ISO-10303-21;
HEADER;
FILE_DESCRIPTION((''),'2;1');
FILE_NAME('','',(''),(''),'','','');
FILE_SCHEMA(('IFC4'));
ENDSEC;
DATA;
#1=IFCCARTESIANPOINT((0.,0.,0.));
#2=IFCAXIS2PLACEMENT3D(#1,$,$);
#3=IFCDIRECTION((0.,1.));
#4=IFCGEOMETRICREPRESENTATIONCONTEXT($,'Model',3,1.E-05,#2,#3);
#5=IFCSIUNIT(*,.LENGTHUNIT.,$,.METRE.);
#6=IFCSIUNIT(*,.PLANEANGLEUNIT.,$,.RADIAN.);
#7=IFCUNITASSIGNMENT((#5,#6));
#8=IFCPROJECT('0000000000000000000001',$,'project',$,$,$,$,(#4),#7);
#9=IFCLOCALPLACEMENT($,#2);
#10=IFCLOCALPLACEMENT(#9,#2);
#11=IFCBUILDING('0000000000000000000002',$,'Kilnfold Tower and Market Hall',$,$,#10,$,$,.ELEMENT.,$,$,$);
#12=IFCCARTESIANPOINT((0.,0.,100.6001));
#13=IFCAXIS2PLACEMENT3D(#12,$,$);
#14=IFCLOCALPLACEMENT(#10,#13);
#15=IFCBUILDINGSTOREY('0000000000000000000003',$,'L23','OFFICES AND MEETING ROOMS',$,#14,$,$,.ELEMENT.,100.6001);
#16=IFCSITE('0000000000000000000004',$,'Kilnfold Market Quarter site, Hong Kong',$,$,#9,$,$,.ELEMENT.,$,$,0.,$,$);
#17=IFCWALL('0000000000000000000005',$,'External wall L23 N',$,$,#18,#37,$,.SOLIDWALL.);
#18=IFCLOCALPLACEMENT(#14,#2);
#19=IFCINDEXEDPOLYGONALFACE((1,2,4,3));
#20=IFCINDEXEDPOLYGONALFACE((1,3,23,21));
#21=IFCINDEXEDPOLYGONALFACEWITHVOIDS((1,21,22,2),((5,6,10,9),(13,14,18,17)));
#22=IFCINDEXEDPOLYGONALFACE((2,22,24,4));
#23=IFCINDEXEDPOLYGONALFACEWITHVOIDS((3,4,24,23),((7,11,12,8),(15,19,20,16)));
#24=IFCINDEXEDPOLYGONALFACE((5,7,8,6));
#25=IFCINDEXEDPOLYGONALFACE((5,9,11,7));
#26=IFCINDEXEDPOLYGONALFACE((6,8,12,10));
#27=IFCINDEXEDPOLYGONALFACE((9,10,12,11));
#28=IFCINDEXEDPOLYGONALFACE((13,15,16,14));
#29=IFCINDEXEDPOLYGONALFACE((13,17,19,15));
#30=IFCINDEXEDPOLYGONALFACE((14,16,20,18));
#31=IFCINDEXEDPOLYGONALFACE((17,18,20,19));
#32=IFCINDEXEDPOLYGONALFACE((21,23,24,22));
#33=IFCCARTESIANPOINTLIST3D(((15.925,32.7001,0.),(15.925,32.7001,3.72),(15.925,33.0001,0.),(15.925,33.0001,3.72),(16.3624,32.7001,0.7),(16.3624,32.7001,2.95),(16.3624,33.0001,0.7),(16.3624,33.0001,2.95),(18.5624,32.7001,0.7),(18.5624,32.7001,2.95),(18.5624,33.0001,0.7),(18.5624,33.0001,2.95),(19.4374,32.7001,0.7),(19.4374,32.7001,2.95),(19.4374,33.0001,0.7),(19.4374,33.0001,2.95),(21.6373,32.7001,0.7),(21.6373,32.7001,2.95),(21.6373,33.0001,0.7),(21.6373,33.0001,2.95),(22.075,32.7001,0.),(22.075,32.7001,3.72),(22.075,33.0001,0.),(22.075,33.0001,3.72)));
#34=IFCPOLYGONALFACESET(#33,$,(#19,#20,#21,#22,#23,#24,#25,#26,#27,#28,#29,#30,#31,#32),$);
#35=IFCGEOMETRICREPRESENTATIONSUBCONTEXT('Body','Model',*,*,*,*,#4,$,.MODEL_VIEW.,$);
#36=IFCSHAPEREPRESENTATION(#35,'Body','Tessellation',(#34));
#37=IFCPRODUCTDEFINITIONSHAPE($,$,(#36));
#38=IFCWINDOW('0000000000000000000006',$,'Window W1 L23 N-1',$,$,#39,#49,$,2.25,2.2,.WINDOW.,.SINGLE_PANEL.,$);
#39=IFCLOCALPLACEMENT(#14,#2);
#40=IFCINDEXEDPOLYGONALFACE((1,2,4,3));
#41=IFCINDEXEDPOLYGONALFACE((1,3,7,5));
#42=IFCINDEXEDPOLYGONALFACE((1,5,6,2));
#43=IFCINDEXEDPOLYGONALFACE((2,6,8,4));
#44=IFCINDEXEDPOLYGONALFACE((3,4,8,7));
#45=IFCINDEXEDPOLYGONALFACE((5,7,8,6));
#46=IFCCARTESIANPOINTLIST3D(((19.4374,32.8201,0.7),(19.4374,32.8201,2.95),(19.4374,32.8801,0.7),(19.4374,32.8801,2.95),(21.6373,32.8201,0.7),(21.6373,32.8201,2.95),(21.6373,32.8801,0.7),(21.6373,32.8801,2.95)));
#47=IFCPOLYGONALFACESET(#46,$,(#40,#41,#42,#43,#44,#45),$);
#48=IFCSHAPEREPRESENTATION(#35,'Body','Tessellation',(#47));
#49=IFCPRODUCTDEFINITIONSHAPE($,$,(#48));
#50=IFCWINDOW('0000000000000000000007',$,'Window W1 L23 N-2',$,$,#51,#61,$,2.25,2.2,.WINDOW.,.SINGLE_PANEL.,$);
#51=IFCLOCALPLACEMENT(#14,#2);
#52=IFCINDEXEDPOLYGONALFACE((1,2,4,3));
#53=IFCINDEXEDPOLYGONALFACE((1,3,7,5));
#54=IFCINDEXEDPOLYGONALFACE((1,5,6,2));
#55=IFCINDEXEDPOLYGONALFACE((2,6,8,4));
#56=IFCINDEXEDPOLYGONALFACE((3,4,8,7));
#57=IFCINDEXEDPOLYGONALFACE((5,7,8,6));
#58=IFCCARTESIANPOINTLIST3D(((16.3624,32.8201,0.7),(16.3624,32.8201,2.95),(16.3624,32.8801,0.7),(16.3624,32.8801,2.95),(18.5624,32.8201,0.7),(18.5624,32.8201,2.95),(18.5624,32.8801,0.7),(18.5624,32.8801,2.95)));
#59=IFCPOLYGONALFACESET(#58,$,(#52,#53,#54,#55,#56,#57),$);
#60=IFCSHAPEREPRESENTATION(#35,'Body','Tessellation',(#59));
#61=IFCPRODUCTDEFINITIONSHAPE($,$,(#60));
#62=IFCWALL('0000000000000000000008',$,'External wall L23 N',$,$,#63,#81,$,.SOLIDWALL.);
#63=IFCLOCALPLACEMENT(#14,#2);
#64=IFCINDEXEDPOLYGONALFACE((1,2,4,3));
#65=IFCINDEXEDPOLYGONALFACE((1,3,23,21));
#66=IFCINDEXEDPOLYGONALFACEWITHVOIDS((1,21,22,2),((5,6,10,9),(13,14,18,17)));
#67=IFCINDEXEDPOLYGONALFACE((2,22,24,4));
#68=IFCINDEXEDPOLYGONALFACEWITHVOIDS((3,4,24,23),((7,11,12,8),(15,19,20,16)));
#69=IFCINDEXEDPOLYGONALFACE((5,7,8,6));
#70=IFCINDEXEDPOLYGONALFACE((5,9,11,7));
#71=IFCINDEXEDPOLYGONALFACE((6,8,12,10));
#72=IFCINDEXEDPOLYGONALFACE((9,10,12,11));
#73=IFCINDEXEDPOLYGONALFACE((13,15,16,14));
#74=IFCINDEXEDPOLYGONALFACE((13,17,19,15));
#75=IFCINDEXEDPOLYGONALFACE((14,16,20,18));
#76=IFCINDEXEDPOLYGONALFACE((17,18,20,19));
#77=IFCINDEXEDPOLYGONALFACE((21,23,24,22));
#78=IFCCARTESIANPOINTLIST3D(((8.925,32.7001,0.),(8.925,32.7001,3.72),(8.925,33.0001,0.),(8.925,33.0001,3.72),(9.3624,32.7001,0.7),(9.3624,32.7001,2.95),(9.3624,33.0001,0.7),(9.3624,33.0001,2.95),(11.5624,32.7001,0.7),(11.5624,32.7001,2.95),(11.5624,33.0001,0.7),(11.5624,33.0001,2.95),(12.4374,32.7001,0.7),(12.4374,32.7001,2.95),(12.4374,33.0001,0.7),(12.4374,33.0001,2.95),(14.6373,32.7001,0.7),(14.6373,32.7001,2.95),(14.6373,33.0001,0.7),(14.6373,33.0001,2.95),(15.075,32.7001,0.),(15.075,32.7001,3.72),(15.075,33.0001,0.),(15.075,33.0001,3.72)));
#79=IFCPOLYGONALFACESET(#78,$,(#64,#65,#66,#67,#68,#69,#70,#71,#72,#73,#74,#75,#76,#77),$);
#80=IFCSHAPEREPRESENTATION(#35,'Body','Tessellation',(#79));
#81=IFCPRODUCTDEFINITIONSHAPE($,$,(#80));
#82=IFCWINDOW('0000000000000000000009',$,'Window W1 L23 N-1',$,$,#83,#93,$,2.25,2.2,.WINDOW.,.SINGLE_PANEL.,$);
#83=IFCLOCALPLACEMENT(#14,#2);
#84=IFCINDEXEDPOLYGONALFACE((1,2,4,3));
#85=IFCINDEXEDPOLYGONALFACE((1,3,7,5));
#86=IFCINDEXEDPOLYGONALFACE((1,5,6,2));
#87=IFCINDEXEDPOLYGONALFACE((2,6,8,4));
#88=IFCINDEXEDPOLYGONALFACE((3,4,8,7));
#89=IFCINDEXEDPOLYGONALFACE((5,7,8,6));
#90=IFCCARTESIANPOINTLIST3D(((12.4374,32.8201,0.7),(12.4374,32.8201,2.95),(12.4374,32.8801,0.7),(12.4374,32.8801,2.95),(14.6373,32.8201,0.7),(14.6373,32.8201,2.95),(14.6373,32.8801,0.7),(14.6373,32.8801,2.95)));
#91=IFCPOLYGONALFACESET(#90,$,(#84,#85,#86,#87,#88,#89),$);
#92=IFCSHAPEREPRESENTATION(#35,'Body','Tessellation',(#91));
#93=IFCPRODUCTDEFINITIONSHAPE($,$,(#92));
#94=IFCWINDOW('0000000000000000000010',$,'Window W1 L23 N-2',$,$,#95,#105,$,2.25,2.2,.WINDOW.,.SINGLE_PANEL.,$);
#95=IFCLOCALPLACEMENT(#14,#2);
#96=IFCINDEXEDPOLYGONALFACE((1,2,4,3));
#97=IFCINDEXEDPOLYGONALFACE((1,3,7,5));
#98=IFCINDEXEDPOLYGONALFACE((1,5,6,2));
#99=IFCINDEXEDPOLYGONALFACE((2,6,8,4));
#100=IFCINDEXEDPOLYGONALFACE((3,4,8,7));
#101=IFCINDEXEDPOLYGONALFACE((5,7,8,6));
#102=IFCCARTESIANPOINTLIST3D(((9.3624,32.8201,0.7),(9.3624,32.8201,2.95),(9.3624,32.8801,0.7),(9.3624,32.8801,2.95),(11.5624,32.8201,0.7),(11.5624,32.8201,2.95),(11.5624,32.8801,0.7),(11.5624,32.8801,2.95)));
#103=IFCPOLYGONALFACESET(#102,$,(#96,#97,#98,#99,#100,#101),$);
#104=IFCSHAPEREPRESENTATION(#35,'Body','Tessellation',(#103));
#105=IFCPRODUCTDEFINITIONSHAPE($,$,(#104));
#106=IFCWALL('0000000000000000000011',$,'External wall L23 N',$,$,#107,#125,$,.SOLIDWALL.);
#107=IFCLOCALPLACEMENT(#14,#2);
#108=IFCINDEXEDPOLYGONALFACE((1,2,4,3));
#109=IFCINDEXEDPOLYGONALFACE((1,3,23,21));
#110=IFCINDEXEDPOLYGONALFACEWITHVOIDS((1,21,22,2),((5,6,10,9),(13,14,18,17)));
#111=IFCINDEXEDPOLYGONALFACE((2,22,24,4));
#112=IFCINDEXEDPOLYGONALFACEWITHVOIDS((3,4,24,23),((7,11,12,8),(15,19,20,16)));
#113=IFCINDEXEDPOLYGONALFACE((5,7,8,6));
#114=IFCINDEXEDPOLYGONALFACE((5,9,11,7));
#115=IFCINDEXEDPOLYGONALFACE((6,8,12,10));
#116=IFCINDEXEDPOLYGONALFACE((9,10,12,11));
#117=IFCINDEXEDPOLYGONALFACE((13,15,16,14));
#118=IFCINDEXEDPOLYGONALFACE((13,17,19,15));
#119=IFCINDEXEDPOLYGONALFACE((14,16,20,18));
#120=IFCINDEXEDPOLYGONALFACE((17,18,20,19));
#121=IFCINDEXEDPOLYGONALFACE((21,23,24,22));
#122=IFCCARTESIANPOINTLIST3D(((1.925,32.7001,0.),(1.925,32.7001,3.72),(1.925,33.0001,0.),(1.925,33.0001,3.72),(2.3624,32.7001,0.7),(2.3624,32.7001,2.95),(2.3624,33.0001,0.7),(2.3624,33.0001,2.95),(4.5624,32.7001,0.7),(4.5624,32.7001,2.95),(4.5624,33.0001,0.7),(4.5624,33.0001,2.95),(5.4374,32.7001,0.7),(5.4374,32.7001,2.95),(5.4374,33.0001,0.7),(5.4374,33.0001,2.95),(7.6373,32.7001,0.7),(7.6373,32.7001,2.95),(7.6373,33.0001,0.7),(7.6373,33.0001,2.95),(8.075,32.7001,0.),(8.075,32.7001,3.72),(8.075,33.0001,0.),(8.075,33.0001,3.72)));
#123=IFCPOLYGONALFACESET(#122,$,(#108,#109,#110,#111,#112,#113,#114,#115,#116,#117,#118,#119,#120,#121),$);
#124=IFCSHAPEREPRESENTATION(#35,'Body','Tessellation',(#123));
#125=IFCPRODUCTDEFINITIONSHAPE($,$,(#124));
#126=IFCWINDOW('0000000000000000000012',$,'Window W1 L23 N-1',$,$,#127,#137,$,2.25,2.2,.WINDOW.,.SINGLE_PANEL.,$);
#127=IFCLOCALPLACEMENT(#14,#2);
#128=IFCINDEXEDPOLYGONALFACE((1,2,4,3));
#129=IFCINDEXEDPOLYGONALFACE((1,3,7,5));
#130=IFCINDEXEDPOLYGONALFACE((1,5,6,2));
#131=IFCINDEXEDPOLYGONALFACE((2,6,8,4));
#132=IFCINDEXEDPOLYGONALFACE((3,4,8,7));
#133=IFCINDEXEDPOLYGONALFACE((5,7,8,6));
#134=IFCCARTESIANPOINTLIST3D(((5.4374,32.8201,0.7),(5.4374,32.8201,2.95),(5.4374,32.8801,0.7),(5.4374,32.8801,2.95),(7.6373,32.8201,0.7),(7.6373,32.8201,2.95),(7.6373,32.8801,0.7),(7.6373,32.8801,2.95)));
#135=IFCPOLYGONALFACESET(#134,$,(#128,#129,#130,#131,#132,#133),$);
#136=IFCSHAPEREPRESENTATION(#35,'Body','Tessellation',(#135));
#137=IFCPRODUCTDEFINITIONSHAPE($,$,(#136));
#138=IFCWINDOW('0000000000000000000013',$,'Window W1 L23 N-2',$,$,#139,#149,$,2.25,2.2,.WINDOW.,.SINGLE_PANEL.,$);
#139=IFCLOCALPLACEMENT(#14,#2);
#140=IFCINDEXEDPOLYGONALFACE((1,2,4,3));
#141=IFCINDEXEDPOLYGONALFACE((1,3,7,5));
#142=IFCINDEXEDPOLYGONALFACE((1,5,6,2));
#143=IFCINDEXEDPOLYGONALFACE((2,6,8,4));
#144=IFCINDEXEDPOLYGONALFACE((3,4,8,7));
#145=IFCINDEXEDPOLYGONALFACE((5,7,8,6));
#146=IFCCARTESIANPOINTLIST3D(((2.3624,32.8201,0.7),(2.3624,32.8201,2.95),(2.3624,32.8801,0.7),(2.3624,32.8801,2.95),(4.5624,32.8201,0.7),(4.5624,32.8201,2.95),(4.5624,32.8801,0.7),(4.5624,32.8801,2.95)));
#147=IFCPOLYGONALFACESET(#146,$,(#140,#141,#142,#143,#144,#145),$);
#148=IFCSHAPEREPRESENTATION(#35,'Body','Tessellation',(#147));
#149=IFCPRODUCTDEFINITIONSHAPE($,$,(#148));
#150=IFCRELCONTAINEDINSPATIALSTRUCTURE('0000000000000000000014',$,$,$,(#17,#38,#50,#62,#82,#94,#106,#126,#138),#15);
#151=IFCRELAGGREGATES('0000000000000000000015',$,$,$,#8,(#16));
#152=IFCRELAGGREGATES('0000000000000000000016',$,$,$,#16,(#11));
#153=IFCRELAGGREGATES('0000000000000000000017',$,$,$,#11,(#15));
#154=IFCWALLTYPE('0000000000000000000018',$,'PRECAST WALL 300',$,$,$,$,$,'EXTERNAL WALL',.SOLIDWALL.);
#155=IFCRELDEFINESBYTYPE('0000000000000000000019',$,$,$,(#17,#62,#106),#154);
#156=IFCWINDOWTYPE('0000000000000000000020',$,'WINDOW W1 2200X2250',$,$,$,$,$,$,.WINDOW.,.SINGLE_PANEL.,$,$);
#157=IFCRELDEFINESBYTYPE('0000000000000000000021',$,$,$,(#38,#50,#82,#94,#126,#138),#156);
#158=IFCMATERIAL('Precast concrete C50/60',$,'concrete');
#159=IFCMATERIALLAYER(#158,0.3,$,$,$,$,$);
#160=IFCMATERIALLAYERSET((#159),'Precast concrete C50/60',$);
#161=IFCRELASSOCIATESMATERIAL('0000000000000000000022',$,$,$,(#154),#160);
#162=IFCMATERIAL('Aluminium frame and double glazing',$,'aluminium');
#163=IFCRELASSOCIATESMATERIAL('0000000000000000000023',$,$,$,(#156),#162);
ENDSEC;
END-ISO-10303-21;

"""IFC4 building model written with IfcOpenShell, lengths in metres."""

from ifc_helpers import new_model, si_unit, direction, frame, frame_2d, origin, place, context, subcontext, project, spatial, rectangle, extrude, source, transform, mapped, material, layer, layer_set, type_object, element, fill, save


model = new_model("IFC4")

# Units and contexts
model_context = context("Model", 3, precision=1e-05, world=origin(), true_north=direction((0.0, 1.0)))
body_context = subcontext(model_context, "Body", "Model", "MODEL_VIEW")
ifc_project = project(units=[si_unit("LENGTHUNIT", "METRE"), si_unit("PLANEANGLEUNIT", "RADIAN")], contexts=[model_context])

# Site, building, storey
site_placement = place(None, origin())
site = spatial("IfcSite", under=ifc_project, at=site_placement, Name="Kilnfold Market Quarter site, Hong Kong", CompositionType="ELEMENT", RefElevation=0.0)
building_placement = place(site_placement, origin())
building = spatial("IfcBuilding", under=site, at=building_placement, Name="Kilnfold Tower and Market Hall", CompositionType="ELEMENT")
storey_placement = place(building_placement, frame((0.0, 0.0, 100.6001)))
storey = spatial("IfcBuildingStorey", under=building, at=storey_placement, Name="L23", Description="OFFICES AND MEETING ROOMS", CompositionType="ELEMENT", Elevation=100.6001)

# Walls, openings, windows
ifc_material_1 = material(Name="Precast concrete C50/60", Category="concrete")
ifc_layer_1 = layer(ifc_material_1, 0.3)
ifc_layer_set_1 = layer_set([ifc_layer_1], Name="Precast concrete C50/60")
wall_type_1 = type_object("IfcWallType", Name="PRECAST WALL 300", ElementType="EXTERNAL WALL", PredefinedType="SOLIDWALL", material=ifc_layer_set_1)
shared_shape_1 = source(origin(), body_context, "Body", "SweptSolid", [
    extrude(rectangle(XDim=6.1499, YDim=0.3, at=frame_2d((3.075, 0.0))), origin(), (0.0, 0.0, 1.0), 3.72),
])
wall_1_placement = place(storey_placement, frame((22.075, 32.8501, 0.0), z_axis=(0.0, 0.0, 1.0), x_axis=(-1.0, 0.0, 0.0)))
wall_1 = element("IfcWall", 1, at=wall_1_placement, inside=storey, type_object=wall_type_1, Name="External wall L23 N", PredefinedType="SOLIDWALL", context=body_context, shape_type="MappedRepresentation", body=[
    mapped(shared_shape_1, transform((0.0, 0.0, 0.0))),
])
opening_1_placement = place(wall_1_placement, frame((0.4375, 0.0, 0.7)))
opening_1 = element("IfcOpeningElement", 2, at=opening_1_placement, cuts=wall_1, PredefinedType="OPENING", context=body_context, shape_type="SweptSolid", body=[
    extrude(rectangle(XDim=2.2, YDim=2.25, at=frame_2d((1.1001, 1.125))), frame((0.0, 0.1602, 0.0), z_axis=(0.0, -1.0, 0.0), x_axis=(1.0, 0.0, 0.0)), (0.0, 0.0, 1.0), 0.3201),
])
opening_2_placement = place(wall_1_placement, frame((3.5125, 0.0, 0.7)))
opening_2 = element("IfcOpeningElement", 3, at=opening_2_placement, cuts=wall_1, PredefinedType="OPENING", context=body_context, shape_type="SweptSolid", body=[
    extrude(rectangle(XDim=2.2, YDim=2.25, at=frame_2d((1.1001, 1.125))), frame((0.0, 0.1602, 0.0), z_axis=(0.0, -1.0, 0.0), x_axis=(1.0, 0.0, 0.0)), (0.0, 0.0, 1.0), 0.3201),
])
ifc_material_2 = material(Name="Aluminium frame and double glazing", Category="aluminium")
window_type = type_object("IfcWindowType", Name="WINDOW W1 2200X2250", PartitioningType="SINGLE_PANEL", PredefinedType="WINDOW", material=ifc_material_2)
window_1_placement = place(opening_1_placement, origin())
window_1 = element("IfcWindow", 4, at=window_1_placement, inside=storey, type_object=window_type, Name="Window W1 L23 N-1", OverallHeight=2.25, OverallWidth=2.2, PartitioningType="SINGLE_PANEL", PredefinedType="WINDOW", context=body_context, shape_type="SweptSolid", body=[
    extrude(rectangle(XDim=2.2, YDim=2.25, at=frame_2d((1.1001, 1.125))), frame((0.0, 0.03, 0.0), z_axis=(0.0, -1.0, 0.0), x_axis=(1.0, 0.0, 0.0)), (0.0, 0.0, 1.0), 0.0601),
])
fill(opening_1, window_1)
window_2_placement = place(opening_2_placement, origin())
window_2 = element("IfcWindow", 5, at=window_2_placement, inside=storey, type_object=window_type, Name="Window W1 L23 N-2", OverallHeight=2.25, OverallWidth=2.2, PartitioningType="SINGLE_PANEL", PredefinedType="WINDOW", context=body_context, shape_type="SweptSolid", body=[
    extrude(rectangle(XDim=2.2, YDim=2.25, at=frame_2d((1.1001, 1.125))), frame((0.0, 0.03, 0.0), z_axis=(0.0, -1.0, 0.0), x_axis=(1.0, 0.0, 0.0)), (0.0, 0.0, 1.0), 0.0601),
])
fill(opening_2, window_2)
wall_2_placement = place(storey_placement, frame((15.075, 32.8501, 0.0), z_axis=(0.0, 0.0, 1.0), x_axis=(-1.0, 0.0, 0.0)))
wall_2 = element("IfcWall", 6, at=wall_2_placement, inside=storey, type_object=wall_type_1, Name="External wall L23 N", PredefinedType="SOLIDWALL", context=body_context, shape_type="MappedRepresentation", body=[
    mapped(shared_shape_1, transform((0.0, 0.0, 0.0))),
])
opening_3_placement = place(wall_2_placement, frame((0.4375, 0.0, 0.7)))
opening_3 = element("IfcOpeningElement", 7, at=opening_3_placement, cuts=wall_2, PredefinedType="OPENING", context=body_context, shape_type="SweptSolid", body=[
    extrude(rectangle(XDim=2.2, YDim=2.25, at=frame_2d((1.1001, 1.125))), frame((0.0, 0.1602, 0.0), z_axis=(0.0, -1.0, 0.0), x_axis=(1.0, 0.0, 0.0)), (0.0, 0.0, 1.0), 0.3201),
])
opening_4_placement = place(wall_2_placement, frame((3.5125, 0.0, 0.7)))
opening_4 = element("IfcOpeningElement", 8, at=opening_4_placement, cuts=wall_2, PredefinedType="OPENING", context=body_context, shape_type="SweptSolid", body=[
    extrude(rectangle(XDim=2.2, YDim=2.25, at=frame_2d((1.1001, 1.125))), frame((0.0, 0.1602, 0.0), z_axis=(0.0, -1.0, 0.0), x_axis=(1.0, 0.0, 0.0)), (0.0, 0.0, 1.0), 0.3201),
])
window_3_placement = place(opening_3_placement, origin())
window_3 = element("IfcWindow", 9, at=window_3_placement, inside=storey, type_object=window_type, Name="Window W1 L23 N-1", OverallHeight=2.25, OverallWidth=2.2, PartitioningType="SINGLE_PANEL", PredefinedType="WINDOW", context=body_context, shape_type="SweptSolid", body=[
    extrude(rectangle(XDim=2.2, YDim=2.25, at=frame_2d((1.1001, 1.125))), frame((0.0, 0.03, 0.0), z_axis=(0.0, -1.0, 0.0), x_axis=(1.0, 0.0, 0.0)), (0.0, 0.0, 1.0), 0.0601),
])
fill(opening_3, window_3)
window_4_placement = place(opening_4_placement, origin())
window_4 = element("IfcWindow", 10, at=window_4_placement, inside=storey, type_object=window_type, Name="Window W1 L23 N-2", OverallHeight=2.25, OverallWidth=2.2, PartitioningType="SINGLE_PANEL", PredefinedType="WINDOW", context=body_context, shape_type="SweptSolid", body=[
    extrude(rectangle(XDim=2.2, YDim=2.25, at=frame_2d((1.1001, 1.125))), frame((0.0, 0.03, 0.0), z_axis=(0.0, -1.0, 0.0), x_axis=(1.0, 0.0, 0.0)), (0.0, 0.0, 1.0), 0.0601),
])
fill(opening_4, window_4)
wall_3_placement = place(storey_placement, frame((8.075, 32.8501, 0.0), z_axis=(0.0, 0.0, 1.0), x_axis=(-1.0, 0.0, 0.0)))
wall_3 = element("IfcWall", 11, at=wall_3_placement, inside=storey, type_object=wall_type_1, Name="External wall L23 N", PredefinedType="SOLIDWALL", context=body_context, shape_type="MappedRepresentation", body=[
    mapped(shared_shape_1, transform((0.0, 0.0, 0.0))),
])
opening_5_placement = place(wall_3_placement, frame((0.4375, 0.0, 0.7)))
opening_5 = element("IfcOpeningElement", 12, at=opening_5_placement, cuts=wall_3, PredefinedType="OPENING", context=body_context, shape_type="SweptSolid", body=[
    extrude(rectangle(XDim=2.2, YDim=2.25, at=frame_2d((1.1001, 1.125))), frame((0.0, 0.1602, 0.0), z_axis=(0.0, -1.0, 0.0), x_axis=(1.0, 0.0, 0.0)), (0.0, 0.0, 1.0), 0.3201),
])
opening_6_placement = place(wall_3_placement, frame((3.5125, 0.0, 0.7)))
opening_6 = element("IfcOpeningElement", 13, at=opening_6_placement, cuts=wall_3, PredefinedType="OPENING", context=body_context, shape_type="SweptSolid", body=[
    extrude(rectangle(XDim=2.2, YDim=2.25, at=frame_2d((1.1001, 1.125))), frame((0.0, 0.1602, 0.0), z_axis=(0.0, -1.0, 0.0), x_axis=(1.0, 0.0, 0.0)), (0.0, 0.0, 1.0), 0.3201),
])
window_5_placement = place(opening_5_placement, origin())
window_5 = element("IfcWindow", 14, at=window_5_placement, inside=storey, type_object=window_type, Name="Window W1 L23 N-1", OverallHeight=2.25, OverallWidth=2.2, PartitioningType="SINGLE_PANEL", PredefinedType="WINDOW", context=body_context, shape_type="SweptSolid", body=[
    extrude(rectangle(XDim=2.2, YDim=2.25, at=frame_2d((1.1001, 1.125))), frame((0.0, 0.03, 0.0), z_axis=(0.0, -1.0, 0.0), x_axis=(1.0, 0.0, 0.0)), (0.0, 0.0, 1.0), 0.0601),
])
fill(opening_5, window_5)
window_6_placement = place(opening_6_placement, origin())
window_6 = element("IfcWindow", 15, at=window_6_placement, inside=storey, type_object=window_type, Name="Window W1 L23 N-2", OverallHeight=2.25, OverallWidth=2.2, PartitioningType="SINGLE_PANEL", PredefinedType="WINDOW", context=body_context, shape_type="SweptSolid", body=[
    extrude(rectangle(XDim=2.2, YDim=2.25, at=frame_2d((1.1001, 1.125))), frame((0.0, 0.03, 0.0), z_axis=(0.0, -1.0, 0.0), x_axis=(1.0, 0.0, 0.0)), (0.0, 0.0, 1.0), 0.0601),
])
fill(opening_6, window_6)

save(model, "model.ifc")
